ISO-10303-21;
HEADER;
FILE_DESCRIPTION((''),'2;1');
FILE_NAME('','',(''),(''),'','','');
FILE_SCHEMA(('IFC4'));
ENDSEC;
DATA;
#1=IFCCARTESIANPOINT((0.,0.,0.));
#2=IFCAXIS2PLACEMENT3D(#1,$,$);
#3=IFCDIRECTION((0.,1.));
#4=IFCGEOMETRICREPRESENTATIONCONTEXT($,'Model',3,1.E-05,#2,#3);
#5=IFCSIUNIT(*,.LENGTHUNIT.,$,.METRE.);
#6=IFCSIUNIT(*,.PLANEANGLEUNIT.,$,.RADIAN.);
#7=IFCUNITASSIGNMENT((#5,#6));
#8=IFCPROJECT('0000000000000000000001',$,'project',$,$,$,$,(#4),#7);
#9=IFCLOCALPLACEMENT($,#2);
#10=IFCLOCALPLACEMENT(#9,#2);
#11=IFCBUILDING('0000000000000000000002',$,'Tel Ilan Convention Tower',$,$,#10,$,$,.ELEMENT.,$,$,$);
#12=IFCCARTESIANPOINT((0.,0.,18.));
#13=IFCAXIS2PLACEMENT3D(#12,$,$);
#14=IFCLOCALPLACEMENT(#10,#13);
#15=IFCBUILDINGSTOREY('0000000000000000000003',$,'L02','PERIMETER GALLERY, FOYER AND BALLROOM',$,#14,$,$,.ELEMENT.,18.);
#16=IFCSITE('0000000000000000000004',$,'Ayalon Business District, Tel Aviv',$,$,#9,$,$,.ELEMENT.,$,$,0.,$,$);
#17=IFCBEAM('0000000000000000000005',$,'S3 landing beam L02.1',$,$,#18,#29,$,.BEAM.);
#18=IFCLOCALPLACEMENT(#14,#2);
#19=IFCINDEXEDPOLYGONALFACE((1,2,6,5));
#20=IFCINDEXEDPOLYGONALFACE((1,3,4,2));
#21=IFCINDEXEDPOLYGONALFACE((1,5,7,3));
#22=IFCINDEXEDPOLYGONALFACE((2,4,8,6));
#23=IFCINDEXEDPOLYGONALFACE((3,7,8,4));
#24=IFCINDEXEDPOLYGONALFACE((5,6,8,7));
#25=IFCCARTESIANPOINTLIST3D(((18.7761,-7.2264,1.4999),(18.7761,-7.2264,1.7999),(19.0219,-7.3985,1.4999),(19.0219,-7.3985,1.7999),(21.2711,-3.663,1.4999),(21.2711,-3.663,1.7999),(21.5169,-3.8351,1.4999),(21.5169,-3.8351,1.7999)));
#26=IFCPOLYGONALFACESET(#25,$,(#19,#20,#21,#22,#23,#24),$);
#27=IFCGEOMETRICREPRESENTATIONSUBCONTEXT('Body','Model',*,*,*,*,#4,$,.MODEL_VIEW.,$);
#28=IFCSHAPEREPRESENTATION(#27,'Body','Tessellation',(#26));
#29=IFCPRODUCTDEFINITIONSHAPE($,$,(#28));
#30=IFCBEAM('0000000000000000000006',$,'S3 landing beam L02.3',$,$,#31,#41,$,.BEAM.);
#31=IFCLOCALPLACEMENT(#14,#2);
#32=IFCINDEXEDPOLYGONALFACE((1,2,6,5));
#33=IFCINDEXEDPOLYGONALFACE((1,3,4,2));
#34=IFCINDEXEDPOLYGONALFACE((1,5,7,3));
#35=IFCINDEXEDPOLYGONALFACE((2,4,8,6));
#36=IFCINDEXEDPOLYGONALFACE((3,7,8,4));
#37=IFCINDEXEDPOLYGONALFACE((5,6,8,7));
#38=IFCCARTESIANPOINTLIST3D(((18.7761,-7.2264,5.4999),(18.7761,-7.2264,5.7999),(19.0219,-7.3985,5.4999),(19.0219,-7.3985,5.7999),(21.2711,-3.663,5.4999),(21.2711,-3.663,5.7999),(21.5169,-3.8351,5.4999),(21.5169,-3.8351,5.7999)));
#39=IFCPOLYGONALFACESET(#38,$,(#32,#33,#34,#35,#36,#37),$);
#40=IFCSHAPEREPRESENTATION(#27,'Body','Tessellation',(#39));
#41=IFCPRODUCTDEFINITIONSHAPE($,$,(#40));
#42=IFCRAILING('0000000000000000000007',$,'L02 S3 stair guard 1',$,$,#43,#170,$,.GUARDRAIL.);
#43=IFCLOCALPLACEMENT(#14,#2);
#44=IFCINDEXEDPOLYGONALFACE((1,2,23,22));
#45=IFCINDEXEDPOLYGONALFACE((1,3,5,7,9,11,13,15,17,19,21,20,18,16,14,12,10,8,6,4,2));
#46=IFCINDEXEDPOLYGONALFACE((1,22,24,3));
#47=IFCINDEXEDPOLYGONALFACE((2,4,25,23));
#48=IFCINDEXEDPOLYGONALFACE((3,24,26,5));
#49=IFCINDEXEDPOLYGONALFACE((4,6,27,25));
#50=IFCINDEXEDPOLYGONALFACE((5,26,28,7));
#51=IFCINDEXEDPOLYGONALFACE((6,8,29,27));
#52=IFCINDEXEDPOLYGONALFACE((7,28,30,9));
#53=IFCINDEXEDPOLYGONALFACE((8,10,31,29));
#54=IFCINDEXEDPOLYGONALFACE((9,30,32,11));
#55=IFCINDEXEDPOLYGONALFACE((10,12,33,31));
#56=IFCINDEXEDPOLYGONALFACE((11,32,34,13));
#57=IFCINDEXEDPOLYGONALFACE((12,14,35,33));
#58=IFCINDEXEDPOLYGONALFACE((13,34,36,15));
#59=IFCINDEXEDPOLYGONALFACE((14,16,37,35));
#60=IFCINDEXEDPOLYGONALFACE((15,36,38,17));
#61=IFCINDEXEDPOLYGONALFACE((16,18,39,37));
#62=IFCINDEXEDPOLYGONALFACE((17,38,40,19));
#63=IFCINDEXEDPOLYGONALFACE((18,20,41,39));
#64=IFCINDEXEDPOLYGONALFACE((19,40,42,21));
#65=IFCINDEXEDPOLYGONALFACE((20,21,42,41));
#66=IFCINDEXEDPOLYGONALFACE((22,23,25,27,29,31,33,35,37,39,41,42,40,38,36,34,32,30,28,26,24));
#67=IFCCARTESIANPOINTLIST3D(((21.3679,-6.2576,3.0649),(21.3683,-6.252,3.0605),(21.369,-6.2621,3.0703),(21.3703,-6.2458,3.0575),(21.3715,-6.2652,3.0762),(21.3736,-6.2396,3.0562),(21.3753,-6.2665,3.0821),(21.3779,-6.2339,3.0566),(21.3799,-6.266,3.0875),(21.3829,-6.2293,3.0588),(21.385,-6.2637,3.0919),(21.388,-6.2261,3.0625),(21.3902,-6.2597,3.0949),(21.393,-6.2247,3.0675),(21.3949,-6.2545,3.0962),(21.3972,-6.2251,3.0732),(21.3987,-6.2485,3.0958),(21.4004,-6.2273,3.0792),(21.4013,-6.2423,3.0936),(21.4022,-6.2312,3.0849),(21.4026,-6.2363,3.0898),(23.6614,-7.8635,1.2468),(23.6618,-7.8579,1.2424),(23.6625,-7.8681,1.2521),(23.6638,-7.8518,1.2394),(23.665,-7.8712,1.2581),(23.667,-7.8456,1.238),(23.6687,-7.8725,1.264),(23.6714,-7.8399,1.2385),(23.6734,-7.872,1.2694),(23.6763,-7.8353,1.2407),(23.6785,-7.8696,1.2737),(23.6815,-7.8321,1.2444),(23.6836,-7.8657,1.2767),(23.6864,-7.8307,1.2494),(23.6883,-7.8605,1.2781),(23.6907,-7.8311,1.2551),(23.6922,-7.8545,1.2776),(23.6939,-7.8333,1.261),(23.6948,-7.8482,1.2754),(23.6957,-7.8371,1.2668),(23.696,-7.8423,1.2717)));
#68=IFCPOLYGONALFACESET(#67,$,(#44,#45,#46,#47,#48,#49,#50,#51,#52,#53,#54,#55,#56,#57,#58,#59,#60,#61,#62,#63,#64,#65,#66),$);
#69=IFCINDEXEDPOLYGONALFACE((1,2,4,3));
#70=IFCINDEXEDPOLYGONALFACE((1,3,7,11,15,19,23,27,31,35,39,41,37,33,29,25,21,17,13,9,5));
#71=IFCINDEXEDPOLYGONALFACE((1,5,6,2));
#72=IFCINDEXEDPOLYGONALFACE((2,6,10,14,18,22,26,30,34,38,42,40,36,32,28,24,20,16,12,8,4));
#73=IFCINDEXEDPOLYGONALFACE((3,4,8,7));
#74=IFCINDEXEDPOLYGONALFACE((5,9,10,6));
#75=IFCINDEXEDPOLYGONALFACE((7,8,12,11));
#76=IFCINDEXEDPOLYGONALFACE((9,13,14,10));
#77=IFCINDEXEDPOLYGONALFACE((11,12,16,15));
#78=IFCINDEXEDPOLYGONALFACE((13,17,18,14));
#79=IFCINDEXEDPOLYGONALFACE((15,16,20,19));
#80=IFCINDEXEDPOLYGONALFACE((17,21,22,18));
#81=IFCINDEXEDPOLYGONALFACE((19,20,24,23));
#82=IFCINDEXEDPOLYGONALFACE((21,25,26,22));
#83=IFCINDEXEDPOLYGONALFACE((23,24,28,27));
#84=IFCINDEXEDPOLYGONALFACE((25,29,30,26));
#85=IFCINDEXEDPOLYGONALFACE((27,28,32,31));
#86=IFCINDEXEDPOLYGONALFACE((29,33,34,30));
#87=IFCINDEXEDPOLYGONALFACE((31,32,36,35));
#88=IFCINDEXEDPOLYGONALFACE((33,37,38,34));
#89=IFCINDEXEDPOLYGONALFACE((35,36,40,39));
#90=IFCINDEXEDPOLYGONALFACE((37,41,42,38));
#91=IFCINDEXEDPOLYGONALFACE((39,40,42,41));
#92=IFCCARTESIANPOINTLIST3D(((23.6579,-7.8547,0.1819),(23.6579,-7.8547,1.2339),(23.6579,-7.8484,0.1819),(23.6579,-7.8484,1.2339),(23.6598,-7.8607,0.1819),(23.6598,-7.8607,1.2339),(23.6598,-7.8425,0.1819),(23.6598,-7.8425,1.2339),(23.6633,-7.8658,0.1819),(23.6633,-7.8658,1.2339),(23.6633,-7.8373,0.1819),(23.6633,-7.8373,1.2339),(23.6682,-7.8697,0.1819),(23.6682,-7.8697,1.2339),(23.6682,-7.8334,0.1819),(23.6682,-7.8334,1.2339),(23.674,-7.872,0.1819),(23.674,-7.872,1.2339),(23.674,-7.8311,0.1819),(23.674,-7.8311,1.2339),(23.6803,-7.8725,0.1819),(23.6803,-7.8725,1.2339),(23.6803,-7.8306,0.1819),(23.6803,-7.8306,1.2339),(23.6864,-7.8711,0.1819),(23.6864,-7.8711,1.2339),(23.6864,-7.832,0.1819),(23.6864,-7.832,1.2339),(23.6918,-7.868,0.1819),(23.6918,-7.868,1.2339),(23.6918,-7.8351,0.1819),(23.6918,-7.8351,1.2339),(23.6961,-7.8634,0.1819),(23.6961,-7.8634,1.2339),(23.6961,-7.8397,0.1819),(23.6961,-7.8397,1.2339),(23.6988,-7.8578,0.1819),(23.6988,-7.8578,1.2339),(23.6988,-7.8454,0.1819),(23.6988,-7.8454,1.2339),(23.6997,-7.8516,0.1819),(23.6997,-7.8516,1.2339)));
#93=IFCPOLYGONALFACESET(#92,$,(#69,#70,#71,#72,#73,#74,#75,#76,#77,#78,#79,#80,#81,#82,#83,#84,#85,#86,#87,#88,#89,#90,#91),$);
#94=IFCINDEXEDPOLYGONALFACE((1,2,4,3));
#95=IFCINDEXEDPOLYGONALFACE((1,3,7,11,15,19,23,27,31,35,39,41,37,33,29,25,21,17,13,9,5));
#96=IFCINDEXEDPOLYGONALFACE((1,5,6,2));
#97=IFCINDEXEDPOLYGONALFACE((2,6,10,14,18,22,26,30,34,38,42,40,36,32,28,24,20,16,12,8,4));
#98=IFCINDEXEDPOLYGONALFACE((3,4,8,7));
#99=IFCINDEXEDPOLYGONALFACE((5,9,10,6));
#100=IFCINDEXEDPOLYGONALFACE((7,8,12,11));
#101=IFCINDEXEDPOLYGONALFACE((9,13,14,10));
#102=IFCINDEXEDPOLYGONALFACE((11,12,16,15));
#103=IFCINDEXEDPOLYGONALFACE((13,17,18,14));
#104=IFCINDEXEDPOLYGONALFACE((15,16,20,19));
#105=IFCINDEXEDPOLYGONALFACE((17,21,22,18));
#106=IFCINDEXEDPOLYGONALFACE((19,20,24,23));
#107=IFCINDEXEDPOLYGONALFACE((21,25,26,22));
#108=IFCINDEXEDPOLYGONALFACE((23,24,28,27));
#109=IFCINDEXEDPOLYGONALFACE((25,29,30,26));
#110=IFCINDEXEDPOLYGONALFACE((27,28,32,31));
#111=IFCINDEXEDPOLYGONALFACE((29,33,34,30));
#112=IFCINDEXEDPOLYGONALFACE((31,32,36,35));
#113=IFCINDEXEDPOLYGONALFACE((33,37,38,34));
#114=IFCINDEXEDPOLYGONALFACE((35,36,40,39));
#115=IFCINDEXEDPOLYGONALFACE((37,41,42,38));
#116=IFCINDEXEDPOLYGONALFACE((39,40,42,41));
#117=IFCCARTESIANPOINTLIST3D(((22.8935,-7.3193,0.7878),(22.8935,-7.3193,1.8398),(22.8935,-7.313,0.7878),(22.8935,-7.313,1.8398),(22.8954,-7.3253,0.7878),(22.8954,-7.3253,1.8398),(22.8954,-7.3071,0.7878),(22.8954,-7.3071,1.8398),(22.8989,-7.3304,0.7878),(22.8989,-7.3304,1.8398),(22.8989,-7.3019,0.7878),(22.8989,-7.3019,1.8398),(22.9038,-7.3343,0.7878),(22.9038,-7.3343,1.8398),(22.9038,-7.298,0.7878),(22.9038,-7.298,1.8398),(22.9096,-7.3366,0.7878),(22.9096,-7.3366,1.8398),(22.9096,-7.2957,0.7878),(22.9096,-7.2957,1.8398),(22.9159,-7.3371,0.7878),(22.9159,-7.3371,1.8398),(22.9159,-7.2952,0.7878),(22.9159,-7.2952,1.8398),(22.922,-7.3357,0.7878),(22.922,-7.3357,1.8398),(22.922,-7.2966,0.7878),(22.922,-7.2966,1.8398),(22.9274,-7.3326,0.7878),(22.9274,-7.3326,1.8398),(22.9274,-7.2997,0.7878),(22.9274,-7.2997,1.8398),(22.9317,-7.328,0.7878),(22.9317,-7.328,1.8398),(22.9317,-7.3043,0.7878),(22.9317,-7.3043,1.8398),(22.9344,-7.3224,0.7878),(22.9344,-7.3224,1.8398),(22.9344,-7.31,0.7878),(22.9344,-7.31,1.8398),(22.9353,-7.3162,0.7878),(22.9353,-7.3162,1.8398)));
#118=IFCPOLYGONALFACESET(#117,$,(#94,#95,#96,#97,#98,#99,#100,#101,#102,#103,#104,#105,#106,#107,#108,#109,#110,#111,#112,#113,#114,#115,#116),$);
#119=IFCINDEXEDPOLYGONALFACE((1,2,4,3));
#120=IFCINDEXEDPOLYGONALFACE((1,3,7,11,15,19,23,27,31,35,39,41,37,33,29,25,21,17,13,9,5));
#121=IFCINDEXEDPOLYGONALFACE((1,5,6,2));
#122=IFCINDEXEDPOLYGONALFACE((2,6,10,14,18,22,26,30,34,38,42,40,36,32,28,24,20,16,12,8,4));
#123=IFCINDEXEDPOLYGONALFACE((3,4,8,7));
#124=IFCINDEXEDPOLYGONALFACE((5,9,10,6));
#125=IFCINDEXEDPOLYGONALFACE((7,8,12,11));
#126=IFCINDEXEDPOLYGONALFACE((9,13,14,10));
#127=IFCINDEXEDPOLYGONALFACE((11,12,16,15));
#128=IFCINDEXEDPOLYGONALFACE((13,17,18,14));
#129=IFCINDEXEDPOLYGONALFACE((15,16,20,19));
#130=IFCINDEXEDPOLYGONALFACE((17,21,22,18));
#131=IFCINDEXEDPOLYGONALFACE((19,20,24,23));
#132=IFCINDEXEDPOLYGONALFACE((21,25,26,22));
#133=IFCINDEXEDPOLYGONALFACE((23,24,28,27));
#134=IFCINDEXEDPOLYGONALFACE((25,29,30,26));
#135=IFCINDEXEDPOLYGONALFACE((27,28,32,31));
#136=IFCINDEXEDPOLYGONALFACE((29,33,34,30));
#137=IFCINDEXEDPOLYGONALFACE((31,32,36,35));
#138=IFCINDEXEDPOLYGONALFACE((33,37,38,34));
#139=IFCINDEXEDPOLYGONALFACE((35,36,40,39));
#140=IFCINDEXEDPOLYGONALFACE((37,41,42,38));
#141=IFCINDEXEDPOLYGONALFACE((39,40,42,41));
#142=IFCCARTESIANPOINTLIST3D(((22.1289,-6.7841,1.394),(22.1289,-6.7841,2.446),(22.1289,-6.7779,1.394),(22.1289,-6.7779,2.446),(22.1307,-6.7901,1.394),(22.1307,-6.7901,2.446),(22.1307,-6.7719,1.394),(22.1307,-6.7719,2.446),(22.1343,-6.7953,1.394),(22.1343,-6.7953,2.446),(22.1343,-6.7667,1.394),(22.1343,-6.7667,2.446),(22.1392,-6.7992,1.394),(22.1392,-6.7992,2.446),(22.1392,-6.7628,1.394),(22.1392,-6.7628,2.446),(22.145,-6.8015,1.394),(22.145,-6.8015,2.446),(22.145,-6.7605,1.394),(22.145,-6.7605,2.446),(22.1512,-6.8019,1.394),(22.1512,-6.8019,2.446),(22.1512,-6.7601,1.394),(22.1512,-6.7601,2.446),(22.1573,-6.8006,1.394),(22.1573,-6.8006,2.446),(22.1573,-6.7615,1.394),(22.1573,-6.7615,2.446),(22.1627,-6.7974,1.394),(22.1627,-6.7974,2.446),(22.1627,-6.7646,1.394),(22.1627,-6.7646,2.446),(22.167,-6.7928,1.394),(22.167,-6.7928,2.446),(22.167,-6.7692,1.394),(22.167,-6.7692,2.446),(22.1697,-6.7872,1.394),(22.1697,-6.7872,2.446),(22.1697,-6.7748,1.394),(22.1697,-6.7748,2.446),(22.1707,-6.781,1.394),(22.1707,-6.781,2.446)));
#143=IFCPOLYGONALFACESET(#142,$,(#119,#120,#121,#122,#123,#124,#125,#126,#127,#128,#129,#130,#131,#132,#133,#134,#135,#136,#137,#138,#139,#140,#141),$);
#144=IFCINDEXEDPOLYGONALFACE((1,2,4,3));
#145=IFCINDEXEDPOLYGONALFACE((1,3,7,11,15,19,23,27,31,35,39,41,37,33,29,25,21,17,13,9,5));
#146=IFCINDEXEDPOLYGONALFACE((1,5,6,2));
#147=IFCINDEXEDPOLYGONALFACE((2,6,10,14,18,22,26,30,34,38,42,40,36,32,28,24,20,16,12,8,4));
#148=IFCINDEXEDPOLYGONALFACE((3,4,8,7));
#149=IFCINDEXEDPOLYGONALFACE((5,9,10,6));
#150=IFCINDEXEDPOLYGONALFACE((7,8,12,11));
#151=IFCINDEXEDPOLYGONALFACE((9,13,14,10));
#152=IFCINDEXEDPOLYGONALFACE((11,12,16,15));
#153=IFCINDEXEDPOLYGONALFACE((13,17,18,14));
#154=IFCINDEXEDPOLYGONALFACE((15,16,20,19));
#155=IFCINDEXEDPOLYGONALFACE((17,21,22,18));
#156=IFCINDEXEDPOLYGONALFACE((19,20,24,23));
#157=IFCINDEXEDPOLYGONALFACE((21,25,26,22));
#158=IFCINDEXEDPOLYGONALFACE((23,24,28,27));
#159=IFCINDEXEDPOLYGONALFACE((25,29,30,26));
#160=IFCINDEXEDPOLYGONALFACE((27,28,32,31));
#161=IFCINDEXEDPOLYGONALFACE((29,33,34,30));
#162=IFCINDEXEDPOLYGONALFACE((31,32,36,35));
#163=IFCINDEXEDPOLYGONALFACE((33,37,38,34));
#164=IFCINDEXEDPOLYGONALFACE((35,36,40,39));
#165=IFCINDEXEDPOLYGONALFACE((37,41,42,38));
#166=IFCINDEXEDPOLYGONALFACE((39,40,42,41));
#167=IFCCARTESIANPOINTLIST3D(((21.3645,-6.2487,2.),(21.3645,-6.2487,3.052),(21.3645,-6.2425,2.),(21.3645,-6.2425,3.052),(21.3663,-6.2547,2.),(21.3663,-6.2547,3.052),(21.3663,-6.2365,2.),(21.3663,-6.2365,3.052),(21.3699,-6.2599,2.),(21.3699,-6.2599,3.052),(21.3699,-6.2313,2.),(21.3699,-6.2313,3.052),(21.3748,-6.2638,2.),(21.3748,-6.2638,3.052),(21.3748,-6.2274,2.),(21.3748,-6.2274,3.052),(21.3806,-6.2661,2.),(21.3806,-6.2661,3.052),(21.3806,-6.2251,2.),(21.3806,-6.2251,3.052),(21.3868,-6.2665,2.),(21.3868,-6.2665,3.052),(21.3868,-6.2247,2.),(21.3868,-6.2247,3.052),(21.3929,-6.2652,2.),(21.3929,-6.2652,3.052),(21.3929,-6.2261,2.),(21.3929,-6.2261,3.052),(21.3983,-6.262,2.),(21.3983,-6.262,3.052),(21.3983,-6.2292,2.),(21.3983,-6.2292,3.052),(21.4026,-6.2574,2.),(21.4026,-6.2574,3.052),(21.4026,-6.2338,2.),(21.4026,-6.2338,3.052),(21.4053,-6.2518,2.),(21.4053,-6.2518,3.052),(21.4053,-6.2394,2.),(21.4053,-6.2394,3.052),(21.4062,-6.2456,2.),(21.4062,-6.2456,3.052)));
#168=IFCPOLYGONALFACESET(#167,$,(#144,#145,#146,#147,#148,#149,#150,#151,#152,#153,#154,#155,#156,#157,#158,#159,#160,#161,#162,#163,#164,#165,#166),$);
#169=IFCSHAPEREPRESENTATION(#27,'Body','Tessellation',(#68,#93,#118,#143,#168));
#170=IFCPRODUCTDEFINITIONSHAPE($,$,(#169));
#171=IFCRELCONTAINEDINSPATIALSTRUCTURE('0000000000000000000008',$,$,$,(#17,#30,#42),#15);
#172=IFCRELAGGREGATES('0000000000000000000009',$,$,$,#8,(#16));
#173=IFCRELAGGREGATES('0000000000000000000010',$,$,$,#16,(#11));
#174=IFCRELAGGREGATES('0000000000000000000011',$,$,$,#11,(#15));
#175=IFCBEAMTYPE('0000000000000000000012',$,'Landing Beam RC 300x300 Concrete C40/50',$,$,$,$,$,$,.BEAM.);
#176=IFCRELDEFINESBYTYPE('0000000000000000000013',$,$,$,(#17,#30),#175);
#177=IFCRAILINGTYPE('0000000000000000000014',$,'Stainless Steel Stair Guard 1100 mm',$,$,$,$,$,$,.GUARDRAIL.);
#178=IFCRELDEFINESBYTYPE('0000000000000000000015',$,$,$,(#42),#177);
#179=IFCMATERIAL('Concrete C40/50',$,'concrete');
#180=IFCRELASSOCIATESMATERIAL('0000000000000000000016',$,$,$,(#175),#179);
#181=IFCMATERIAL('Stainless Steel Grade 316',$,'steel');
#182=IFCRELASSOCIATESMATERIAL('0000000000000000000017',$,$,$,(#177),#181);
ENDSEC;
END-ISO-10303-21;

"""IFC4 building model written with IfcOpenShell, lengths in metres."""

from ifc_helpers import new_model, si_unit, direction, frame, origin, origin_2d, place, context, subcontext, project, spatial, rectangle, circle, extrude, material, material_profile, profile_set, type_object, element, save


model = new_model("IFC4")

# Units and contexts
model_context = context("Model", 3, precision=1e-05, world=origin(), true_north=direction((0.0, 1.0)))
body_context = subcontext(model_context, "Body", "Model", "MODEL_VIEW")
ifc_project = project(units=[si_unit("LENGTHUNIT", "METRE"), si_unit("PLANEANGLEUNIT", "RADIAN")], contexts=[model_context])

# Site, building, storey
site_placement = place(None, origin())
site = spatial("IfcSite", under=ifc_project, at=site_placement, Name="Ayalon Business District, Tel Aviv", CompositionType="ELEMENT", RefElevation=0.0)
building_placement = place(site_placement, origin())
building = spatial("IfcBuilding", under=site, at=building_placement, Name="Tel Ilan Convention Tower", CompositionType="ELEMENT")
storey_placement = place(building_placement, frame((0.0, 0.0, 18.0)))
storey = spatial("IfcBuildingStorey", under=building, at=storey_placement, Name="L02", Description="PERIMETER GALLERY, FOYER AND BALLROOM", CompositionType="ELEMENT", Elevation=18.0)

# Beams
ifc_material_1 = material(Name="Concrete C40/50", Category="concrete")
ifc_material_profile = material_profile(ifc_material_1, rectangle(XDim=0.3, YDim=0.3, at=origin_2d()), Name="RC 300x300")
ifc_profile_set = profile_set([ifc_material_profile], Name="Concrete C40/50")
beam_type = type_object("IfcBeamType", Name="Landing Beam RC 300x300 Concrete C40/50", PredefinedType="BEAM", material=ifc_profile_set)
for number, where, z_axis, x_axis, name in (
    (1, (21.394, -3.749, 1.6499), (-0.573568, -0.819158, 0.0), (0.819158, -0.573568, 0.0), "S3 landing beam L02.1"),
    (2, (21.394, -3.749, 5.6499), (-0.573568, -0.819158, 0.0), (0.819158, -0.573568, 0.0), "S3 landing beam L02.3"),
):
    element("IfcBeam", number, at=place(storey_placement, frame(where, z_axis=z_axis, x_axis=x_axis)), inside=storey, type_object=beam_type, Name=name, PredefinedType="BEAM", context=body_context, shape_type="SweptSolid", body=[
        extrude(rectangle(XDim=0.3, YDim=0.3, at=origin_2d()), origin(), (0.0, 0.0, 1.0), 4.3501),
    ])

# Railing
ifc_material_2 = material(Name="Stainless Steel Grade 316", Category="steel")
railing_type_1 = type_object("IfcRailingType", Name="Stainless Steel Stair Guard 1100 mm", PredefinedType="GUARDRAIL", material=ifc_material_2)
railing_1_placement = place(storey_placement, frame((23.6787, -7.8516, 0.1819)))
element("IfcRailing", 3, at=railing_1_placement, inside=storey, type_object=railing_type_1, Name="L02 S3 stair guard 1", PredefinedType="GUARDRAIL", context=body_context, shape_type="SweptSolid", body=[
    extrude(circle(Radius=0.0239, at=origin_2d()), frame((0.0, 0.0, 1.0762), z_axis=(-0.687003, 0.481063, 0.544615), x_axis=(-0.573591, -0.819142, 0.0)), (0.0, 0.0, 1.0), 3.3384),
    extrude(circle(Radius=0.021, at=origin_2d()), origin(), (0.0, 0.0, 1.0), 1.052),
    extrude(circle(Radius=0.021, at=origin_2d()), frame((-0.7644, 0.5354, 0.606)), (0.0, 0.0, 1.0), 1.052),
    extrude(circle(Radius=0.021, at=origin_2d()), frame((-1.5291, 1.0706, 1.2122)), (0.0, 0.0, 1.0), 1.052),
    extrude(circle(Radius=0.021, at=origin_2d()), frame((-2.2935, 1.606, 1.8181)), (0.0, 0.0, 1.0), 1.052),
])

save(model, "model.ifc")
